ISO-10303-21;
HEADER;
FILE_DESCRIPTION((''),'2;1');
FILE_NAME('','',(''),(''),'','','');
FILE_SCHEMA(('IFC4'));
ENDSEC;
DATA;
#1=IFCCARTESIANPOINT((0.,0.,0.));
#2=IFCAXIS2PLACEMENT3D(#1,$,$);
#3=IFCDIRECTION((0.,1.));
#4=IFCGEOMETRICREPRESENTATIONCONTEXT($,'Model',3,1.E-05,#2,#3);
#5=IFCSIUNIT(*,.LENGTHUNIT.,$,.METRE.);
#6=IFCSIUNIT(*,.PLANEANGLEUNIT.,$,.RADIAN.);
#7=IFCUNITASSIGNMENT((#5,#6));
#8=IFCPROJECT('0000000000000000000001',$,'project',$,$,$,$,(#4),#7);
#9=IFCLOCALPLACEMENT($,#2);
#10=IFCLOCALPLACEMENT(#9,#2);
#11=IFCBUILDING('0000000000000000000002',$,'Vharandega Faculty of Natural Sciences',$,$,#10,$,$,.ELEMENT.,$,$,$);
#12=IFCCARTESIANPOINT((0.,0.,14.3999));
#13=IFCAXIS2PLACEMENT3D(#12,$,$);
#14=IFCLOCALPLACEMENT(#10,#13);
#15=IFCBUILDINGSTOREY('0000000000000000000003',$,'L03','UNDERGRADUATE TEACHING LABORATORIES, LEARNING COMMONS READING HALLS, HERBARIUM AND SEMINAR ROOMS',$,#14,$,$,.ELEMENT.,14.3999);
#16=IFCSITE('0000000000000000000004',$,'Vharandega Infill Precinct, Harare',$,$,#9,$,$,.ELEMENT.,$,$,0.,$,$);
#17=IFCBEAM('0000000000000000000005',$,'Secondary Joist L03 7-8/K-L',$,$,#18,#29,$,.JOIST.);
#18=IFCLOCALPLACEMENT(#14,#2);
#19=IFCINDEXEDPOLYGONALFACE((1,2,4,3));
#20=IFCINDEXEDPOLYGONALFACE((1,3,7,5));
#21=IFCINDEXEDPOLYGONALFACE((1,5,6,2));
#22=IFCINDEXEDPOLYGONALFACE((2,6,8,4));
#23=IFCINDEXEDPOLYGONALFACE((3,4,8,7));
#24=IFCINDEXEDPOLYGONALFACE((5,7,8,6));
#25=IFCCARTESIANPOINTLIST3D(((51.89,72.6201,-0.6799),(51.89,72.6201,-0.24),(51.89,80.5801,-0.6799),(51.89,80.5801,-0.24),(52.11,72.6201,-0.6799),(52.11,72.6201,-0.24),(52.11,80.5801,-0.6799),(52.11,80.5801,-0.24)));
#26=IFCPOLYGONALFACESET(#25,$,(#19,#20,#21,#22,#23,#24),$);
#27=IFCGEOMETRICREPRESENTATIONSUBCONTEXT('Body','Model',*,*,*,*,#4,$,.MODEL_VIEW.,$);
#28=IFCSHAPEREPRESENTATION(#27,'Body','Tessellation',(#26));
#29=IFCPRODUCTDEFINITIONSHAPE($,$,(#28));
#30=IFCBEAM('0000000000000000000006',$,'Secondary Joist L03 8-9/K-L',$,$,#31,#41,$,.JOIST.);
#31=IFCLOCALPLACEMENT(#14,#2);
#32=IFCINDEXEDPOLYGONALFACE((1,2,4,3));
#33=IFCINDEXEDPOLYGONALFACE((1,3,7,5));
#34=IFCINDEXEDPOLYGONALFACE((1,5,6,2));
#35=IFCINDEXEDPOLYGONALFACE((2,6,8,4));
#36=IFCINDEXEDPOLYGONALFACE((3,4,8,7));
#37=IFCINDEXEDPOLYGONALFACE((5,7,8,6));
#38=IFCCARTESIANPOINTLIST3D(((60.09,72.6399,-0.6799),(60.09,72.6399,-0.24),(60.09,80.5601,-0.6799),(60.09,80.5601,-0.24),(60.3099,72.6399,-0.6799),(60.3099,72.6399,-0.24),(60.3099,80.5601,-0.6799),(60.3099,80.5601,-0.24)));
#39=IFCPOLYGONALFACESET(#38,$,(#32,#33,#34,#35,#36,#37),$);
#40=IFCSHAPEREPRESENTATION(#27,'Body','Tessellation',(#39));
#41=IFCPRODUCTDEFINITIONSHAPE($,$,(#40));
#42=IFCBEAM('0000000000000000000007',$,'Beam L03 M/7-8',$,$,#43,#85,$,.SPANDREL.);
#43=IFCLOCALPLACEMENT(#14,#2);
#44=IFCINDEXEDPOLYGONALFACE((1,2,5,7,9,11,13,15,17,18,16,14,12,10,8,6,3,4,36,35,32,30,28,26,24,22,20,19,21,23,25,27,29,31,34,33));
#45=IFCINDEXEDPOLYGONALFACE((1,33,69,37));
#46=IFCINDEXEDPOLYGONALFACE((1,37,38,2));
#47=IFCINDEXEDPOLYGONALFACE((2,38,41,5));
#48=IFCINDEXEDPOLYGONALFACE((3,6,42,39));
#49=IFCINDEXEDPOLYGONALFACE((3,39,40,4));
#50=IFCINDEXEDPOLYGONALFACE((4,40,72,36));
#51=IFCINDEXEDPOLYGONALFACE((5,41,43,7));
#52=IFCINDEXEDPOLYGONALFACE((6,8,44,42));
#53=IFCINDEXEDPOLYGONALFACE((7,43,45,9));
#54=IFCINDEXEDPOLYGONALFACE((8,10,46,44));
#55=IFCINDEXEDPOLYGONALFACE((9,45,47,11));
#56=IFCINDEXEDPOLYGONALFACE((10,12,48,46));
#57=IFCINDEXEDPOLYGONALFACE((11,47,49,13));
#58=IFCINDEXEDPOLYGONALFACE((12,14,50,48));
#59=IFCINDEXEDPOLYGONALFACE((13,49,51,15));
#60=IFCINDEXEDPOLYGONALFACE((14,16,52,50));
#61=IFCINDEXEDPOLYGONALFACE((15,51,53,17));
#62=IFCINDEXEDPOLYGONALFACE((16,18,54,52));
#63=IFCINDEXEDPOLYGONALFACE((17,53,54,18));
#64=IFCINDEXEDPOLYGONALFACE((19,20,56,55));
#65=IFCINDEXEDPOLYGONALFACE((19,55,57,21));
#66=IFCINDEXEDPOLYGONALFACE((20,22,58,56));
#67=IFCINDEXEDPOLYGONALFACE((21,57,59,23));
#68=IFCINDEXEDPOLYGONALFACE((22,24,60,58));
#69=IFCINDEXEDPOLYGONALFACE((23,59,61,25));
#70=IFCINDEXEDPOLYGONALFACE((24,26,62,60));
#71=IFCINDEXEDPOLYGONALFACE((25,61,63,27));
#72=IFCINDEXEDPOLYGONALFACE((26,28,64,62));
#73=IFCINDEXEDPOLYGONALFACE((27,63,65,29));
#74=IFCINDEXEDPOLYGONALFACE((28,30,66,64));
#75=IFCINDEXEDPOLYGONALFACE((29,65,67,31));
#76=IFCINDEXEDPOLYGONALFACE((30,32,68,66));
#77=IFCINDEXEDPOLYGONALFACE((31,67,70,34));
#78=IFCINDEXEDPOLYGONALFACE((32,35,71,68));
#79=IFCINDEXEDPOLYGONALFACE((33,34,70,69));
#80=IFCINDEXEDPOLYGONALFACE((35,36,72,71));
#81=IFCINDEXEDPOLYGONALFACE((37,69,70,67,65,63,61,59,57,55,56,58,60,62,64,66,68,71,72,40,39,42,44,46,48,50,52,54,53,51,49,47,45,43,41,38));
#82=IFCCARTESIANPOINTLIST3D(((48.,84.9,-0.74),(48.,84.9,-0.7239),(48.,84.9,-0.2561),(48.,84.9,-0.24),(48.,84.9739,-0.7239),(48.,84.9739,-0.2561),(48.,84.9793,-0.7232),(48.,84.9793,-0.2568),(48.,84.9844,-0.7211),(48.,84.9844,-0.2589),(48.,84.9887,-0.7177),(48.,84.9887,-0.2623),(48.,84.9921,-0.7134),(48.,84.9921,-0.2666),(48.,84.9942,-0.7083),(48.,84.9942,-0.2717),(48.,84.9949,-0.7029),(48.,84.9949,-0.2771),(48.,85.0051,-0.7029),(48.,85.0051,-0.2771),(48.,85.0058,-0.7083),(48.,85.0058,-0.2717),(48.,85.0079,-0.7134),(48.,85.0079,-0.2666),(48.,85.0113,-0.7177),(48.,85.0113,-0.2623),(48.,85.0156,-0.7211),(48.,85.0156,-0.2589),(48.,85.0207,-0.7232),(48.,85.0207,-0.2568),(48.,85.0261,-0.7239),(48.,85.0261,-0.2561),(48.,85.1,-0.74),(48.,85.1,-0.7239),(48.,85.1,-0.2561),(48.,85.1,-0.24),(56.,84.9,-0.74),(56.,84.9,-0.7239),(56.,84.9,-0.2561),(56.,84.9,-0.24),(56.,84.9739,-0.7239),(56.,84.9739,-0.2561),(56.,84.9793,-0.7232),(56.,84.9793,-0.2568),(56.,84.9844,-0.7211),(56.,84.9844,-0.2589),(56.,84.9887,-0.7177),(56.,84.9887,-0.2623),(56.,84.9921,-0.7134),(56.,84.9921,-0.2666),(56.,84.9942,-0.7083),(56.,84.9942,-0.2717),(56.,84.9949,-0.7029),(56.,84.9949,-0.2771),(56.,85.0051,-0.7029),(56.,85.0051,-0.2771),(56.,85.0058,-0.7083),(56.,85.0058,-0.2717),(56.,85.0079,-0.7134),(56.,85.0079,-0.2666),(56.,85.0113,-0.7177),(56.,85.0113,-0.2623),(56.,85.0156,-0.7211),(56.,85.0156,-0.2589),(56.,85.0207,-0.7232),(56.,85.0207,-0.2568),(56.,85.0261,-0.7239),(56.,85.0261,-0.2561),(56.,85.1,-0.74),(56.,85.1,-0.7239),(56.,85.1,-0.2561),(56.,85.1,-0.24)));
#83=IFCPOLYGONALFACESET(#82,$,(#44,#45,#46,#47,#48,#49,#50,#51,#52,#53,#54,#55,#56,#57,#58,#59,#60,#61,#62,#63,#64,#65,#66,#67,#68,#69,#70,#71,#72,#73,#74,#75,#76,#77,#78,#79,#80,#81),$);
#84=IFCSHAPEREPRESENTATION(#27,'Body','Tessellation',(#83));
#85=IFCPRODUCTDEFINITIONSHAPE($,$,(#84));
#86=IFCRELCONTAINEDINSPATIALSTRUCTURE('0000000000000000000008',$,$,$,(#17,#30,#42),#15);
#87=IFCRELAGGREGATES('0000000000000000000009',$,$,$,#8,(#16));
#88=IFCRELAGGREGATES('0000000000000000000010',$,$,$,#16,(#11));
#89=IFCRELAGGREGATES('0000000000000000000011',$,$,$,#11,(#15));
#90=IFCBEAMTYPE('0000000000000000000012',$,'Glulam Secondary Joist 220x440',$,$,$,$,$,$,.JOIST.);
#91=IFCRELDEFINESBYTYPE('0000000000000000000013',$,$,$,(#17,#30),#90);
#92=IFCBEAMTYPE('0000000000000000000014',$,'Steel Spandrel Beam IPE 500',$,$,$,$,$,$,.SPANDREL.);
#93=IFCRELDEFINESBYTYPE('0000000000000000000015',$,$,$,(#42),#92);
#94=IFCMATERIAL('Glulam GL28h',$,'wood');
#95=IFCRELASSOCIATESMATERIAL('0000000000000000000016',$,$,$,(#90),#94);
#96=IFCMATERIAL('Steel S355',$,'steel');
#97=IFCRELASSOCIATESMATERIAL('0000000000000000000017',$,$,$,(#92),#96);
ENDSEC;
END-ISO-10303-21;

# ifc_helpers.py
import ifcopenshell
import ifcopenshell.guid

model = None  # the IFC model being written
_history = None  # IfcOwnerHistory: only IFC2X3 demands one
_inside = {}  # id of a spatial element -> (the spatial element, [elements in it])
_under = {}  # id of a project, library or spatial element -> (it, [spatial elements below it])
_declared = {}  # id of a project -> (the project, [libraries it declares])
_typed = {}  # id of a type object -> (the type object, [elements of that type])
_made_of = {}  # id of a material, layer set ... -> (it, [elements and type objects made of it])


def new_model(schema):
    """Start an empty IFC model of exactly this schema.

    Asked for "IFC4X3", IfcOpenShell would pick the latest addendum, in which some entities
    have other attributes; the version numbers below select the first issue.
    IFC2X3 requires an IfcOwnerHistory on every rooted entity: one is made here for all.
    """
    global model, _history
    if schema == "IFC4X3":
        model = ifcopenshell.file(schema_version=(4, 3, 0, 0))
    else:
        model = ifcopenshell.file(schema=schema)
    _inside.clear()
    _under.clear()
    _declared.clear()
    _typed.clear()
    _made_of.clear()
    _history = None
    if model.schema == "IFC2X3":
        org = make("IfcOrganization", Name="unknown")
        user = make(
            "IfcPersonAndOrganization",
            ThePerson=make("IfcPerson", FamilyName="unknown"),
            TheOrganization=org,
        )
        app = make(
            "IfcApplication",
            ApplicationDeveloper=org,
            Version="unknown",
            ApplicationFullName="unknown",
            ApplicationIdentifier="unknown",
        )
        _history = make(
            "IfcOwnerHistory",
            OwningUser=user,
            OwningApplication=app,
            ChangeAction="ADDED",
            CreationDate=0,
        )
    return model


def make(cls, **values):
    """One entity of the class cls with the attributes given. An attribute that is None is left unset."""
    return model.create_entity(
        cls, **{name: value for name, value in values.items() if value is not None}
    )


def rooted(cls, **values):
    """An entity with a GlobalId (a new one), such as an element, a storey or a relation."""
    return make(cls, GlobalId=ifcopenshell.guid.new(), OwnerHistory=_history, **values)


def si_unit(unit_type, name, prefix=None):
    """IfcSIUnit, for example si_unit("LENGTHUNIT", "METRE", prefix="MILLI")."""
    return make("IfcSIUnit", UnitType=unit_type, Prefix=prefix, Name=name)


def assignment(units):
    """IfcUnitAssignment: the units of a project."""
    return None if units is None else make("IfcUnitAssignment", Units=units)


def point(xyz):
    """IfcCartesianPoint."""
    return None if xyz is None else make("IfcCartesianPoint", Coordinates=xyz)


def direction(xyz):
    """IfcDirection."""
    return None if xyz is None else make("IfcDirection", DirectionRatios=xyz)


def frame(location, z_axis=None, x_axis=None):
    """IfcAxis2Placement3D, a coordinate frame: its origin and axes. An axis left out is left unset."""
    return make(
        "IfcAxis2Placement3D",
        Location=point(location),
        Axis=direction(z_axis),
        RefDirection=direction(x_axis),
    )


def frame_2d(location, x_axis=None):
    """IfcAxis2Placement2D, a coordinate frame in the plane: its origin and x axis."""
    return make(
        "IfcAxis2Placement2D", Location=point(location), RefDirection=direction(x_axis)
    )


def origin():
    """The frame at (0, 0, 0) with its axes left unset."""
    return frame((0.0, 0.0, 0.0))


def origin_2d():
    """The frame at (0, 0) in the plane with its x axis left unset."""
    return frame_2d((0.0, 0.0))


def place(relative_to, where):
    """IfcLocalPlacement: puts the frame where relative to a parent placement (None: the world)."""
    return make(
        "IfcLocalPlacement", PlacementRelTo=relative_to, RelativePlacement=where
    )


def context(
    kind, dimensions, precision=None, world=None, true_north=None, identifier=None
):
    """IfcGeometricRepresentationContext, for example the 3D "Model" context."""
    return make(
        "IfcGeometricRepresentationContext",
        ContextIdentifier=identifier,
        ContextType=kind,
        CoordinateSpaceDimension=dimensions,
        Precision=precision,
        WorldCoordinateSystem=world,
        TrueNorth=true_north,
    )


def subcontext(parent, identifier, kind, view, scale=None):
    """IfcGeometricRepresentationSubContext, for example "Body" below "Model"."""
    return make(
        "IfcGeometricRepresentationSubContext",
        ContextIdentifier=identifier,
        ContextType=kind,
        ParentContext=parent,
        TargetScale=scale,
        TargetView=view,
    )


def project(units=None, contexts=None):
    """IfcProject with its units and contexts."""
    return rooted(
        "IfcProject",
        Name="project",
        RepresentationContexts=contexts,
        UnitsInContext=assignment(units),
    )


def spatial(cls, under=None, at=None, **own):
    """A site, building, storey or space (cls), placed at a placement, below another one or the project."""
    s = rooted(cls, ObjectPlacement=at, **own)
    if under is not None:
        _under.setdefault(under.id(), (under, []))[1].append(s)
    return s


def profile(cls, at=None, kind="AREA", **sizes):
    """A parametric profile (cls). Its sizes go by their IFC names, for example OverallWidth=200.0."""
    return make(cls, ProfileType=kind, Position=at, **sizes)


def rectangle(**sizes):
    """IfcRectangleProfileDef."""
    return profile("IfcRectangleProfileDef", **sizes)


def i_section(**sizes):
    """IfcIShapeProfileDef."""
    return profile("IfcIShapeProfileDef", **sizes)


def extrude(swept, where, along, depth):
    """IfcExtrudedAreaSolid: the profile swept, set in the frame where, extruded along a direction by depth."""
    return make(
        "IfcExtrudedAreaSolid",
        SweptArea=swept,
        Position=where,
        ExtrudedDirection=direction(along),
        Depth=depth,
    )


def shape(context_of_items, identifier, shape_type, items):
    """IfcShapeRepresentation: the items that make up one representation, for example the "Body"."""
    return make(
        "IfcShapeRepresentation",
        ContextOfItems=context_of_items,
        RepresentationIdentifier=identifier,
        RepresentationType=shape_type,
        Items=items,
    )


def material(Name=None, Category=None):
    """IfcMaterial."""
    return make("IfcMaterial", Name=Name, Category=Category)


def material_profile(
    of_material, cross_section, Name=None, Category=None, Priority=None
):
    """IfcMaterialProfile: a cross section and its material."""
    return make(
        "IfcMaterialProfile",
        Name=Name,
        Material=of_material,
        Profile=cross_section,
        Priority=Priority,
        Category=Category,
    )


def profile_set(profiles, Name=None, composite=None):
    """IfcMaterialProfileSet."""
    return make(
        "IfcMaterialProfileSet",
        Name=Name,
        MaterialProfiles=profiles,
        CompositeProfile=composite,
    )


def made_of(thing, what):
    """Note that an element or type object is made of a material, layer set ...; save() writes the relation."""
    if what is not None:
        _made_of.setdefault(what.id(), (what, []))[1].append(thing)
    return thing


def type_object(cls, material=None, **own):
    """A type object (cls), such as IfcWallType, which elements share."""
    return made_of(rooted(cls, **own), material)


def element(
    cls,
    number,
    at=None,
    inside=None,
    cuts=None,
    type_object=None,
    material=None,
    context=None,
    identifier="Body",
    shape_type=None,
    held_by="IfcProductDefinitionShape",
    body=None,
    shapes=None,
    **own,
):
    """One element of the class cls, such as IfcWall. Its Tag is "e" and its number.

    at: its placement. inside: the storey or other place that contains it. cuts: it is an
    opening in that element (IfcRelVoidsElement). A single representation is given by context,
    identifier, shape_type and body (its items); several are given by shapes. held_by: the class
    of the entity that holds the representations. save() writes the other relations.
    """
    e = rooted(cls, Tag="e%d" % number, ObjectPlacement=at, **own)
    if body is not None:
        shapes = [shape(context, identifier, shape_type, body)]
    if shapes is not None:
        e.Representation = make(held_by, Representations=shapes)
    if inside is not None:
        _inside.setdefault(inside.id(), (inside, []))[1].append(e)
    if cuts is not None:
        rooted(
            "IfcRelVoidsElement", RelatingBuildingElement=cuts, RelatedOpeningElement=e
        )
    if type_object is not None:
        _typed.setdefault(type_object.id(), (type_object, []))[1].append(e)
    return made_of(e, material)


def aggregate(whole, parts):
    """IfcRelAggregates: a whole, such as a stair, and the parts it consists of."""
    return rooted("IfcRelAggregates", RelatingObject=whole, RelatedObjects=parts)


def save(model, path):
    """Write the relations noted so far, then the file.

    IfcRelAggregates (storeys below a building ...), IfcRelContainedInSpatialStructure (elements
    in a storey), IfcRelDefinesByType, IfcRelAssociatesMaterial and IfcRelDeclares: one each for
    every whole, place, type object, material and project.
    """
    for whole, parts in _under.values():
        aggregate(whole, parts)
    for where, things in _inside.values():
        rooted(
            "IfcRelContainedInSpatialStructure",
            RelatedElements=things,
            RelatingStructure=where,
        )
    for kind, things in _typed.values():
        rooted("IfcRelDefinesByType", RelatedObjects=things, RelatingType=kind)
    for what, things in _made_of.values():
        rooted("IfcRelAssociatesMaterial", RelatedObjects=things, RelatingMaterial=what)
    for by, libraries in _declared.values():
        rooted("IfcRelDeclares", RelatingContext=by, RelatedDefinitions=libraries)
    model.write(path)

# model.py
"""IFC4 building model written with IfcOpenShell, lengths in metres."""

from ifc_helpers import new_model, si_unit, direction, frame, origin, origin_2d, place, context, subcontext, project, spatial, rectangle, i_section, extrude, material, material_profile, profile_set, type_object, element, save


model = new_model("IFC4")

# Units and contexts
model_context = context("Model", 3, precision=1e-05, world=origin(), true_north=direction((0.0, 1.0)))
body_context = subcontext(model_context, "Body", "Model", "MODEL_VIEW")
ifc_project = project(units=[si_unit("LENGTHUNIT", "METRE"), si_unit("PLANEANGLEUNIT", "RADIAN")], contexts=[model_context])

# Site, building, storey
site_placement = place(None, origin())
site = spatial("IfcSite", under=ifc_project, at=site_placement, Name="Vharandega Infill Precinct, Harare", CompositionType="ELEMENT", RefElevation=0.0)
building_placement = place(site_placement, origin())
building = spatial("IfcBuilding", under=site, at=building_placement, Name="Vharandega Faculty of Natural Sciences", CompositionType="ELEMENT")
storey_placement = place(building_placement, frame((0.0, 0.0, 14.3999)))
storey = spatial("IfcBuildingStorey", under=building, at=storey_placement, Name="L03", Description="UNDERGRADUATE TEACHING LABORATORIES, LEARNING COMMONS READING HALLS, HERBARIUM AND SEMINAR ROOMS", CompositionType="ELEMENT", Elevation=14.3999)

# Beams
ifc_material_1 = material(Name="Glulam GL28h", Category="wood")
ifc_material_profile_1 = material_profile(ifc_material_1, rectangle(XDim=0.22, YDim=0.4399, at=origin_2d()), Name="GL28h 220x440")
ifc_profile_set_1 = profile_set([ifc_material_profile_1], Name="Glulam GL28h")
beam_type_1 = type_object("IfcBeamType", Name="Glulam Secondary Joist 220x440", PredefinedType="JOIST", material=ifc_profile_set_1)
beam_1_placement = place(storey_placement, frame((52.0, 72.6201, -0.46), z_axis=(0.0, 1.0, 0.0), x_axis=(-1.0, 0.0, 0.0)))
element("IfcBeam", 1, at=beam_1_placement, inside=storey, type_object=beam_type_1, Name="Secondary Joist L03 7-8/K-L", PredefinedType="JOIST", context=body_context, shape_type="SweptSolid", body=[
    extrude(rectangle(XDim=0.22, YDim=0.4399, at=origin_2d()), origin(), (0.0, 0.0, 1.0), 7.96),
])
beam_2_placement = place(storey_placement, frame((60.2, 72.6399, -0.46), z_axis=(0.0, 1.0, 0.0), x_axis=(-1.0, 0.0, 0.0)))
element("IfcBeam", 2, at=beam_2_placement, inside=storey, type_object=beam_type_1, Name="Secondary Joist L03 8-9/K-L", PredefinedType="JOIST", context=body_context, shape_type="SweptSolid", body=[
    extrude(rectangle(XDim=0.22, YDim=0.4399, at=origin_2d()), origin(), (0.0, 0.0, 1.0), 7.9202),
])
ifc_material_2 = material(Name="Steel S355", Category="steel")
ifc_material_profile_2 = material_profile(ifc_material_2, i_section(OverallWidth=0.2, OverallDepth=0.5, WebThickness=0.0103, FlangeThickness=0.0161, FilletRadius=0.021, at=origin_2d()), Name="IPE 500")
ifc_profile_set_2 = profile_set([ifc_material_profile_2], Name="Steel S355")
beam_type_2 = type_object("IfcBeamType", Name="Steel Spandrel Beam IPE 500", PredefinedType="SPANDREL", material=ifc_profile_set_2)
beam_3_placement = place(storey_placement, frame((48.0, 85.0, -0.49), z_axis=(1.0, 0.0, 0.0), x_axis=(0.0, 1.0, 0.0)))
element("IfcBeam", 3, at=beam_3_placement, inside=storey, type_object=beam_type_2, Name="Beam L03 M/7-8", PredefinedType="SPANDREL", context=body_context, shape_type="SweptSolid", body=[
    extrude(i_section(OverallWidth=0.2, OverallDepth=0.5, WebThickness=0.0103, FlangeThickness=0.0161, FilletRadius=0.021, at=origin_2d()), origin(), (0.0, 0.0, 1.0), 8.0),
])

save(model, "model.ifc")
